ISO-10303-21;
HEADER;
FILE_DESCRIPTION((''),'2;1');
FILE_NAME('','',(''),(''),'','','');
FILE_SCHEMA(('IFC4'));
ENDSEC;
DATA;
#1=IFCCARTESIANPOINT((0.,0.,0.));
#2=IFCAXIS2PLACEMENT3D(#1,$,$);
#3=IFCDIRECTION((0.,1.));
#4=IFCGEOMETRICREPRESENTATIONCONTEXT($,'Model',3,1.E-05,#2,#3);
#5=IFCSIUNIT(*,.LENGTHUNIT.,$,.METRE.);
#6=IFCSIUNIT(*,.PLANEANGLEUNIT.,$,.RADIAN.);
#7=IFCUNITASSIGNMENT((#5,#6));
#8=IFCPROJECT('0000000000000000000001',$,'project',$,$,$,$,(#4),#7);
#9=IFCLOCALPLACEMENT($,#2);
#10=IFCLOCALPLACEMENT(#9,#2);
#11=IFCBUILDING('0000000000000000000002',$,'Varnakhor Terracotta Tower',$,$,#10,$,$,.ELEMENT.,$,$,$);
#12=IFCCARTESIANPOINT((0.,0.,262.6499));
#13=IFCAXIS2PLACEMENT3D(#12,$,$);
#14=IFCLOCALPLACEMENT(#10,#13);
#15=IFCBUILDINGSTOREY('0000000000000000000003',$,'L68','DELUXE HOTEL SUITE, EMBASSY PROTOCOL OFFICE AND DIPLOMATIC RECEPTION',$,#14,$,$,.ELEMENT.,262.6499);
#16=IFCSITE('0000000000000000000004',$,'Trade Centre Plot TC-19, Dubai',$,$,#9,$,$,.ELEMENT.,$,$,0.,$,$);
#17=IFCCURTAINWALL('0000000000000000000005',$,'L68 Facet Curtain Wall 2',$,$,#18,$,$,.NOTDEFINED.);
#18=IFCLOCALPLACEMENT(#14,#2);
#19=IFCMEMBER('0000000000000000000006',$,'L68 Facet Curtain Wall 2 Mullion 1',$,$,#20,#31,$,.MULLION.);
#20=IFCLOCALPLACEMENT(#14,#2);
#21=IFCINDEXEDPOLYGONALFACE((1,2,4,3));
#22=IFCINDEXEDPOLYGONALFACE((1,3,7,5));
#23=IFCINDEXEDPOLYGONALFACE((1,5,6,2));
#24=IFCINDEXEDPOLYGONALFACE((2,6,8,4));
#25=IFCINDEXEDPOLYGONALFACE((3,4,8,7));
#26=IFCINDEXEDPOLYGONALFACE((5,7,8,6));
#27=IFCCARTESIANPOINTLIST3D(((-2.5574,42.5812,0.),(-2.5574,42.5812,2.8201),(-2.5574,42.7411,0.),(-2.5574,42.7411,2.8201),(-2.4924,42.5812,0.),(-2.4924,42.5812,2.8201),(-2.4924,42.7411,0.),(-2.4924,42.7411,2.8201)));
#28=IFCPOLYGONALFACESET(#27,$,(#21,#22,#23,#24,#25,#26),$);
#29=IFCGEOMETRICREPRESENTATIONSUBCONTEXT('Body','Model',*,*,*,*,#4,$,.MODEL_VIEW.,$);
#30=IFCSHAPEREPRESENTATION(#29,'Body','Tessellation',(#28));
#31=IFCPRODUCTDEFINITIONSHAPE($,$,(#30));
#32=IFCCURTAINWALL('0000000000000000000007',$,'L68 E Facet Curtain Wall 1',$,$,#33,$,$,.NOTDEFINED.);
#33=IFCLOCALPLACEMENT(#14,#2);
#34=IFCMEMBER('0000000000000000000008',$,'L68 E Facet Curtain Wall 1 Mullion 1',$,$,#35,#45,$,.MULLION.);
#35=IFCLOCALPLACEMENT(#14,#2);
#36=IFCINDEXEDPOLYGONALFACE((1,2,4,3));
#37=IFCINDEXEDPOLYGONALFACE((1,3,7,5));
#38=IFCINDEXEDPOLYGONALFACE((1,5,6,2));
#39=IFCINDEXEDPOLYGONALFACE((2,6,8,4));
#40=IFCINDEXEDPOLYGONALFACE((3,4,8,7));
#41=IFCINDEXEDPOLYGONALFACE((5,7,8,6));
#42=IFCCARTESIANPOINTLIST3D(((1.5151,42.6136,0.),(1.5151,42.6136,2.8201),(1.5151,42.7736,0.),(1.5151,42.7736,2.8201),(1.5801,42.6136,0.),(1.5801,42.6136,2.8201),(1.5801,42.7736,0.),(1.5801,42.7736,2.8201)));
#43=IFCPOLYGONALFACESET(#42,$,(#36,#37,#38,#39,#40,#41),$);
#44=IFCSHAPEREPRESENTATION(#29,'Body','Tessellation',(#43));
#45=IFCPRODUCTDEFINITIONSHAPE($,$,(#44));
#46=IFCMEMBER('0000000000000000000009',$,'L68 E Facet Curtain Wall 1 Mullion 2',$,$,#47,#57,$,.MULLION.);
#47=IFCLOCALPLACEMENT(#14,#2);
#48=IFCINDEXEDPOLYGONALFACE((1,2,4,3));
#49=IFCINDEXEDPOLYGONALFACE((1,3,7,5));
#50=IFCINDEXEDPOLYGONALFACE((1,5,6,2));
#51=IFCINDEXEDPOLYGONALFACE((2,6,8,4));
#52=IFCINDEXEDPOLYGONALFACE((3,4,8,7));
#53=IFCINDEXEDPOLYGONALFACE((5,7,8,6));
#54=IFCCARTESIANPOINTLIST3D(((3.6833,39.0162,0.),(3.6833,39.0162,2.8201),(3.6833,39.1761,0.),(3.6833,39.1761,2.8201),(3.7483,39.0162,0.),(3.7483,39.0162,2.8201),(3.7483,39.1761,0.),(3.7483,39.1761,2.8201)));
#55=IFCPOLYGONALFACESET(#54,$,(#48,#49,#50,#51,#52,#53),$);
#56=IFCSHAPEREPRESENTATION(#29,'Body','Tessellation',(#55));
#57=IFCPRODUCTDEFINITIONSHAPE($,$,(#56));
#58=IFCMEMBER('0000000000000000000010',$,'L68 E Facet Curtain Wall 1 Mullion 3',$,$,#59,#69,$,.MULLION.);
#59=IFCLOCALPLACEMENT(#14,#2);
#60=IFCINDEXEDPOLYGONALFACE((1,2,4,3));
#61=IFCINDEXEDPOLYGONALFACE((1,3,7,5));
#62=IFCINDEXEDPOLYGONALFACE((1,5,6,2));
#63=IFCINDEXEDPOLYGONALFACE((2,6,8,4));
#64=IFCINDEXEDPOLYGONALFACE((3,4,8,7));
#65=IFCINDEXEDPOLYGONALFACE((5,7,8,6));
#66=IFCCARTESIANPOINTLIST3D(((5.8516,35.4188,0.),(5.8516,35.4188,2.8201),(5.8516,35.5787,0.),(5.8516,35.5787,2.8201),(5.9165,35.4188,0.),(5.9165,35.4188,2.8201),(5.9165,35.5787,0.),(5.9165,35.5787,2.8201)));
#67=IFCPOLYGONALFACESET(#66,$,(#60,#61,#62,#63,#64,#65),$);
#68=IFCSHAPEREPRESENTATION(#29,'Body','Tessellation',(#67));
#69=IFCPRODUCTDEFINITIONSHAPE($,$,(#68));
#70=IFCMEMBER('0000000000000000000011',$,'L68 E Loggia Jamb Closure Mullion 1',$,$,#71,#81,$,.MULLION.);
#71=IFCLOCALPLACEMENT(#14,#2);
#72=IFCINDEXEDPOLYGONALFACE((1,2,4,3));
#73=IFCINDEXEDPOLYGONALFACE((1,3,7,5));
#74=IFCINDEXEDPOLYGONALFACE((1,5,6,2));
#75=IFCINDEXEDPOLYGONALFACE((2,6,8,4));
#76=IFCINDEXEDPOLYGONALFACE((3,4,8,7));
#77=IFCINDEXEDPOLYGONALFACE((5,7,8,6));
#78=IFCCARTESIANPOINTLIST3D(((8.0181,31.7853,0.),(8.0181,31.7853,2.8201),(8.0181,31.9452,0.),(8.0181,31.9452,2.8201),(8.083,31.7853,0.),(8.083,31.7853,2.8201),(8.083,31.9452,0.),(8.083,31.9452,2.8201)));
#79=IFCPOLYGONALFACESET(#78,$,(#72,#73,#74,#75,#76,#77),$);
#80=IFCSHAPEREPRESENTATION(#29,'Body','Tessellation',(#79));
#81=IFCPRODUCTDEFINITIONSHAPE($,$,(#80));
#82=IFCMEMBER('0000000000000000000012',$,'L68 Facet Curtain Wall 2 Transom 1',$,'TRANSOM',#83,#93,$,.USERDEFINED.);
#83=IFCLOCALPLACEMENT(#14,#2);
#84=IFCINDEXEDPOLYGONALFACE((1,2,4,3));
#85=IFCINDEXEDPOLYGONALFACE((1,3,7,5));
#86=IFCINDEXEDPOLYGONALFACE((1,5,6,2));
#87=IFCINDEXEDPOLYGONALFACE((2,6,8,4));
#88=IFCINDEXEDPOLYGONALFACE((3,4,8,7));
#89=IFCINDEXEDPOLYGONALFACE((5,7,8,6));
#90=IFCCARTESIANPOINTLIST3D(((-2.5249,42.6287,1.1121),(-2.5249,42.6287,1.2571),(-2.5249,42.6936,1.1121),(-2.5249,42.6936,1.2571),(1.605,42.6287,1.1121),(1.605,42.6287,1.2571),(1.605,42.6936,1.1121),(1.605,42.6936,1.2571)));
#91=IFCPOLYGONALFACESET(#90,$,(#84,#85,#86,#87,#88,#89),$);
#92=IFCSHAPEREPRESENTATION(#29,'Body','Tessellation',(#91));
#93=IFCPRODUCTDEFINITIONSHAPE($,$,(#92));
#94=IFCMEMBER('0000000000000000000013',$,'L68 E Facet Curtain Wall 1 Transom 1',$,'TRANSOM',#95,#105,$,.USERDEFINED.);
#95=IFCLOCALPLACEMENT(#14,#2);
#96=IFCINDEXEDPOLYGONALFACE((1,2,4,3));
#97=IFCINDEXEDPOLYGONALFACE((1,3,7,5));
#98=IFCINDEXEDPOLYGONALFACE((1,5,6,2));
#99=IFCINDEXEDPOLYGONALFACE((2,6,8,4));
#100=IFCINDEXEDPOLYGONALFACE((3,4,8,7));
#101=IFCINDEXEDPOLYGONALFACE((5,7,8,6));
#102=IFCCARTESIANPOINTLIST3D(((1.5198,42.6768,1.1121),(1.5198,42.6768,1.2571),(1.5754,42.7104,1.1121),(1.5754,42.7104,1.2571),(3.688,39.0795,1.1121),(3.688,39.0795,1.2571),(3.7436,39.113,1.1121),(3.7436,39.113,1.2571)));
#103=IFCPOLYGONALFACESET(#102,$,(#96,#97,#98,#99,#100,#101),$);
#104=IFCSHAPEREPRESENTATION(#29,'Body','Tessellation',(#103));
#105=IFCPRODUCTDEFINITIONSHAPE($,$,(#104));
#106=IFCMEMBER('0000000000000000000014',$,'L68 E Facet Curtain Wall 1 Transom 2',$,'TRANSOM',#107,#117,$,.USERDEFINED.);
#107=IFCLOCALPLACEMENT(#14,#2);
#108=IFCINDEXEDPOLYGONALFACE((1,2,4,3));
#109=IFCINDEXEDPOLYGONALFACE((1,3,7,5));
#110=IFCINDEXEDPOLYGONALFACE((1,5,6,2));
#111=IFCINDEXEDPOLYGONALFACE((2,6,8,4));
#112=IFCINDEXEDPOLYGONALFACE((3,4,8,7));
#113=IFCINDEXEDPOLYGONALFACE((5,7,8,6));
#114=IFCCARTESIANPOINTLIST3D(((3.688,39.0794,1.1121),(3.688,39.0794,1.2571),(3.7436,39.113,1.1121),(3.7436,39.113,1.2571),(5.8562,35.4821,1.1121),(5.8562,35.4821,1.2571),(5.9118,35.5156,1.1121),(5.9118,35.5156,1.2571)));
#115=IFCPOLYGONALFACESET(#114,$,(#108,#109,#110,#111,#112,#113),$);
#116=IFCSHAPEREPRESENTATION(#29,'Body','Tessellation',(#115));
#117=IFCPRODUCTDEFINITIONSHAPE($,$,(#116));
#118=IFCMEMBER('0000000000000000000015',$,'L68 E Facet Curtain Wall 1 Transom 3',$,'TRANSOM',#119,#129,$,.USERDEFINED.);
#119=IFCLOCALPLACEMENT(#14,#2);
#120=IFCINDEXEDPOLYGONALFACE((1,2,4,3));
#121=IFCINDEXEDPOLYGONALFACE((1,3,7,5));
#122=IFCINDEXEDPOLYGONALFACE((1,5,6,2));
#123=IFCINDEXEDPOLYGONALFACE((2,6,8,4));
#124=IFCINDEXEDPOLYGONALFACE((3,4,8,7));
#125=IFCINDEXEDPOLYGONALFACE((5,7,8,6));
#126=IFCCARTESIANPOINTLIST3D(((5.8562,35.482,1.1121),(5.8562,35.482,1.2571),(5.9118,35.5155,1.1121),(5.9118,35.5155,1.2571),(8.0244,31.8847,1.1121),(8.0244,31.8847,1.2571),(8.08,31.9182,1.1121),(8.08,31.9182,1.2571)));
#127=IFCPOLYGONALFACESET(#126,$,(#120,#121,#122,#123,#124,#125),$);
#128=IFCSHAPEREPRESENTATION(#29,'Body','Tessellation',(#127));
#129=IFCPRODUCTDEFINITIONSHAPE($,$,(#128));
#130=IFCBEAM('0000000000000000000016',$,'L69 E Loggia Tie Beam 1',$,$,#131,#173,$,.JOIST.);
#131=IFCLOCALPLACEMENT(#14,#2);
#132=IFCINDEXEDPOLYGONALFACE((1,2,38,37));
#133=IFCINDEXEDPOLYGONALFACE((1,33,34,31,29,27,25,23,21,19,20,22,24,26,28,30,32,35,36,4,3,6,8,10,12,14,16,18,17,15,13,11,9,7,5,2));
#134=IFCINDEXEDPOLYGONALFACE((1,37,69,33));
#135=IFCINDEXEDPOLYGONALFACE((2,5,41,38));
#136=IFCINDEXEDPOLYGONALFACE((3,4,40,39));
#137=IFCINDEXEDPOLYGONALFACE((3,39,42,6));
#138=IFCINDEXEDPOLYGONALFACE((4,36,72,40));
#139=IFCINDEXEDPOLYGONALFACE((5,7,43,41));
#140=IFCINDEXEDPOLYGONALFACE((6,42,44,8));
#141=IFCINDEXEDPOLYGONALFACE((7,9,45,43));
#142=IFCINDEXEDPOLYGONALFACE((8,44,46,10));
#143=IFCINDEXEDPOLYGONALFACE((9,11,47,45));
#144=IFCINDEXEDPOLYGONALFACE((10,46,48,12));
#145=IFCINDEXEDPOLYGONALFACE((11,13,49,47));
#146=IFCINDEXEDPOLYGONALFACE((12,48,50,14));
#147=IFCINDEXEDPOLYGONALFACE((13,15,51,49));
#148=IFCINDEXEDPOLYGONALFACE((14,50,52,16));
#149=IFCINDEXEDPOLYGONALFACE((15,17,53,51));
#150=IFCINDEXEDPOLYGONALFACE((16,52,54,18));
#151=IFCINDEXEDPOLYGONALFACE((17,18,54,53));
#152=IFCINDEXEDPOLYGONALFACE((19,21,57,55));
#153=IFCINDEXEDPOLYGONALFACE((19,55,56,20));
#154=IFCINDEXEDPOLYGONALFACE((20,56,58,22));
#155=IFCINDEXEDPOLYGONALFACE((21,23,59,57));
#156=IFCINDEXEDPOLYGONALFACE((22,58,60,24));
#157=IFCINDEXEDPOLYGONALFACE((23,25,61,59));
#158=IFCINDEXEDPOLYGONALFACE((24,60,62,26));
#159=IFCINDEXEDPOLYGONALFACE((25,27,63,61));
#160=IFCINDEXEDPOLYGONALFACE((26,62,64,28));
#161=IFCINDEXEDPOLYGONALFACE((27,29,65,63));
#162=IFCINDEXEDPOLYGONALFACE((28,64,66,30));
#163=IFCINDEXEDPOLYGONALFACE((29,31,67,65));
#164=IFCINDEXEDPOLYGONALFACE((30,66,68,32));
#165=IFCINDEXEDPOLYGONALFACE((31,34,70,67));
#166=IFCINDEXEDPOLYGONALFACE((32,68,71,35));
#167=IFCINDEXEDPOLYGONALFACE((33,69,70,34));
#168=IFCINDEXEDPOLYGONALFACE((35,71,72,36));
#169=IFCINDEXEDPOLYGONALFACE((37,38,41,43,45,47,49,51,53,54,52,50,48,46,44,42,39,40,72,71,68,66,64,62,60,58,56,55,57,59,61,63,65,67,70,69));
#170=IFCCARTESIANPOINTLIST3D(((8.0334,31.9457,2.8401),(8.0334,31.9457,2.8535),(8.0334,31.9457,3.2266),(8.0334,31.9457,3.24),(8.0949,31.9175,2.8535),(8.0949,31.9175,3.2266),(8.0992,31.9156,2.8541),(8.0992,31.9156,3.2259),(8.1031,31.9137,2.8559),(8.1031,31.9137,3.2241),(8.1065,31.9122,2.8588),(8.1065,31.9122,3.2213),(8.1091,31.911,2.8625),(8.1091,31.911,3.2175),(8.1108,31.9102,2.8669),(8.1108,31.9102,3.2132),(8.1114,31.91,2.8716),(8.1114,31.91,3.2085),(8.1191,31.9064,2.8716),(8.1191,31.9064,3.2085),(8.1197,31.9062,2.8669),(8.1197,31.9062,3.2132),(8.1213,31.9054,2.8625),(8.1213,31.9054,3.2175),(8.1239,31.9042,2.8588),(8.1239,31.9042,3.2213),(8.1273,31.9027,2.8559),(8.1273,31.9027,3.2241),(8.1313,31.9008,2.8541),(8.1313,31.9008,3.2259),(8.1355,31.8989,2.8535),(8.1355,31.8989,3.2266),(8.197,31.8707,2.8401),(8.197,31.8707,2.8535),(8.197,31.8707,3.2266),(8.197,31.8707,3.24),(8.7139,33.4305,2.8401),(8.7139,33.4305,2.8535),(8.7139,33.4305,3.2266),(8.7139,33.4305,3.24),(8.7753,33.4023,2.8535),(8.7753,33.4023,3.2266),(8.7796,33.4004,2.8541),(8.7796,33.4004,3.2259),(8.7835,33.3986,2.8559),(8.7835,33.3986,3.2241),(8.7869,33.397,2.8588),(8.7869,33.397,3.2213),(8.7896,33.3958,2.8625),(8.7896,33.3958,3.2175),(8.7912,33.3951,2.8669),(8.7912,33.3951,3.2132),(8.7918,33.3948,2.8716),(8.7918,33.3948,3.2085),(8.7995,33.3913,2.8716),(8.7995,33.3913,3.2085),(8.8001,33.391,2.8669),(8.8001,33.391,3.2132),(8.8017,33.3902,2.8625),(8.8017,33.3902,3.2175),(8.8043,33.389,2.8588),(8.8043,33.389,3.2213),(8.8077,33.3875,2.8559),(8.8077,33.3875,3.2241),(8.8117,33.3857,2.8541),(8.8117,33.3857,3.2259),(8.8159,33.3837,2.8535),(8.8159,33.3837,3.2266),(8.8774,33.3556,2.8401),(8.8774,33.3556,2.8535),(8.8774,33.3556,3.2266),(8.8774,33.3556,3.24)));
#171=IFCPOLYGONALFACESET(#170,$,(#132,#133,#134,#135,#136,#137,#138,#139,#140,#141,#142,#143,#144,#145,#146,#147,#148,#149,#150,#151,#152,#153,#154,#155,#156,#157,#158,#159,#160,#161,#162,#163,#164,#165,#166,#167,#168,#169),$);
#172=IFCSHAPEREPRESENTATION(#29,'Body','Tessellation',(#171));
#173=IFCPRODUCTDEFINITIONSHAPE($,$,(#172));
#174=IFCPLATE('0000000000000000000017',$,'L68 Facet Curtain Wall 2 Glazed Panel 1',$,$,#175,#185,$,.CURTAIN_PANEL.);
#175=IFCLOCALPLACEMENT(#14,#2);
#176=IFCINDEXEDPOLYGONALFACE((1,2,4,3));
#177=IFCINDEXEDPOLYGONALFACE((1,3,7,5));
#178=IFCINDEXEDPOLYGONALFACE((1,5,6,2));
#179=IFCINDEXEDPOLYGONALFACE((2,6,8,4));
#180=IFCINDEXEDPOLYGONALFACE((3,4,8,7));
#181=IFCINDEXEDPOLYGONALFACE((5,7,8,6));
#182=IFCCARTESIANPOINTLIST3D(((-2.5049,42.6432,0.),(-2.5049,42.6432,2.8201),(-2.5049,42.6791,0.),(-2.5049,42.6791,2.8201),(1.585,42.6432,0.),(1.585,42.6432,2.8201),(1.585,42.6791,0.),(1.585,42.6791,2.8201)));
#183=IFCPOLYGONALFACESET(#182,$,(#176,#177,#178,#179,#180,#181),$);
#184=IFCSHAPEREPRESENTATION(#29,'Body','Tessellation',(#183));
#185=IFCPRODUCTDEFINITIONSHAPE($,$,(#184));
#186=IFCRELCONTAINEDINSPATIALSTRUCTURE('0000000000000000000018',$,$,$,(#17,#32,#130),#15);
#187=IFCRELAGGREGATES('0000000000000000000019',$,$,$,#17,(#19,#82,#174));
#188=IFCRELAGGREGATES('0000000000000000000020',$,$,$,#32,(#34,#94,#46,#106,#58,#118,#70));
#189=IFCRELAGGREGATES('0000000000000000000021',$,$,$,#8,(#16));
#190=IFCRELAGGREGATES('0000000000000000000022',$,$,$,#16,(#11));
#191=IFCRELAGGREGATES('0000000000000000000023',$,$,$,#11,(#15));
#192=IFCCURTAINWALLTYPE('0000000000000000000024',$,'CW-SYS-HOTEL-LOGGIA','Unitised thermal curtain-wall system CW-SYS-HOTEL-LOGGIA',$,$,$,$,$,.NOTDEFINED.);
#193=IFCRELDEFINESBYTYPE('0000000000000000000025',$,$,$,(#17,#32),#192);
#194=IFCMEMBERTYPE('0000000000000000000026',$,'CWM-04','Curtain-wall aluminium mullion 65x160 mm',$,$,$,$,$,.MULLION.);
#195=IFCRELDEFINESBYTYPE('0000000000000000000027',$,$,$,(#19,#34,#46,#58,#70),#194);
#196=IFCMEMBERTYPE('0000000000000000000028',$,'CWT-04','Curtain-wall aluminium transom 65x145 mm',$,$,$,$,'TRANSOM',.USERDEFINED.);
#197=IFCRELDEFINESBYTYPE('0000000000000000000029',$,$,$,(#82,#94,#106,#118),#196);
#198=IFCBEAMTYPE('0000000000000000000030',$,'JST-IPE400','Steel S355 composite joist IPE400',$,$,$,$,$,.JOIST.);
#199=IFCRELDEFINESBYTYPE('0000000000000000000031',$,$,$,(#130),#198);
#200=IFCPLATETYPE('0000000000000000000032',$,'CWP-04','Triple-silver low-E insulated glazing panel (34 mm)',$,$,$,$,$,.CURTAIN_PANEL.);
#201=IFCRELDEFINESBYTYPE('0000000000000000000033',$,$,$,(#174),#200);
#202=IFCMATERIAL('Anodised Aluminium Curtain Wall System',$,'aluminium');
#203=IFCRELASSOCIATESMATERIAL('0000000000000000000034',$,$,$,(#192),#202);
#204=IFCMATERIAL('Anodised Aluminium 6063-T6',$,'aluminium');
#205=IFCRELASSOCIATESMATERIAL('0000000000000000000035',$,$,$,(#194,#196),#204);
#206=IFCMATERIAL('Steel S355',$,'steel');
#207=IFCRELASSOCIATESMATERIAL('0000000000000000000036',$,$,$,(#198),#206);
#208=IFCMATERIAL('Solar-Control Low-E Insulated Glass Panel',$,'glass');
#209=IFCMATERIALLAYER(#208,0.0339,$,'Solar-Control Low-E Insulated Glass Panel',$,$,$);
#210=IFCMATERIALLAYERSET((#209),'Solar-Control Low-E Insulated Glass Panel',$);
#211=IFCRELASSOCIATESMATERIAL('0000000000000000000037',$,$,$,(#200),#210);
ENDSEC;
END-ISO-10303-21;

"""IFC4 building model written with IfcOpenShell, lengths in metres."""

from ifc_helpers import new_model, si_unit, direction, frame, origin, origin_2d, place, context, subcontext, project, spatial, rectangle, i_section, extrude, source, transform, mapped, material, layer, layer_set, material_profile, profile_set, type_object, type_shapes, element, aggregate, save


model = new_model("IFC4")

# Units and contexts
model_context = context("Model", 3, precision=1e-05, world=origin(), true_north=direction((0.0, 1.0)))
body_context = subcontext(model_context, "Body", "Model", "MODEL_VIEW")
ifc_project = project(units=[si_unit("LENGTHUNIT", "METRE"), si_unit("PLANEANGLEUNIT", "RADIAN")], contexts=[model_context])

# Site, building, storey
site_placement = place(None, origin())
site = spatial("IfcSite", under=ifc_project, at=site_placement, Name="Trade Centre Plot TC-19, Dubai", CompositionType="ELEMENT", RefElevation=0.0)
building_placement = place(site_placement, origin())
building = spatial("IfcBuilding", under=site, at=building_placement, Name="Varnakhor Terracotta Tower", CompositionType="ELEMENT")
storey_placement = place(building_placement, frame((0.0, 0.0, 262.6499)))
storey = spatial("IfcBuildingStorey", under=building, at=storey_placement, Name="L68", Description="DELUXE HOTEL SUITE, EMBASSY PROTOCOL OFFICE AND DIPLOMATIC RECEPTION", CompositionType="ELEMENT", Elevation=262.6499)

# Shared definitions
ifc_material_1 = material(Name="Steel S355", Category="steel")

# Curtain wall, member
ifc_material_2 = material(Name="Anodised Aluminium Curtain Wall System", Category="aluminium")
curtain_wall_type = type_object("IfcCurtainWallType", Name="CW-SYS-HOTEL-LOGGIA", Description="Unitised thermal curtain-wall system CW-SYS-HOTEL-LOGGIA", PredefinedType="NOTDEFINED", material=ifc_material_2)
curtain_wall_1_placement = place(storey_placement, origin())
curtain_wall_1 = element("IfcCurtainWall", 1, at=curtain_wall_1_placement, inside=storey, type_object=curtain_wall_type, Name="L68 Facet Curtain Wall 2", PredefinedType="NOTDEFINED")
ifc_material_3 = material(Name="Anodised Aluminium 6063-T6", Category="aluminium")
ifc_material_profile_1 = material_profile(ifc_material_3, rectangle(XDim=0.0649, YDim=0.1599, at=origin_2d()), Name="ALU MULLION 65x160")
ifc_profile_set_1 = profile_set([ifc_material_profile_1], Name="Anodised Aluminium 6063-T6")
member_type_1 = type_object("IfcMemberType", Name="CWM-04", Description="Curtain-wall aluminium mullion 65x160 mm", PredefinedType="MULLION", material=ifc_profile_set_1)
shared_shape_1 = source(origin(), body_context, "Body", "SweptSolid", [
    extrude(rectangle(XDim=0.0649, YDim=0.1599, at=origin_2d()), origin(), (0.0, 0.0, 1.0), 2.8201),
])
type_shapes(member_type_1, [shared_shape_1])
member_1_placement = place(storey_placement, frame((-2.5249, 42.6611, 0.0), z_axis=(0.0, 0.0, 1.0), x_axis=(1.0, 0.0, 0.0)))
member_1 = element("IfcMember", 2, at=member_1_placement, type_object=member_type_1, Name="L68 Facet Curtain Wall 2 Mullion 1", PredefinedType="MULLION", context=body_context, shape_type="MappedRepresentation", body=[
    mapped(shared_shape_1, transform((0.0, 0.0, 0.0), scale=1.0)),
])

# Curtain wall, members
curtain_wall_2_placement = place(storey_placement, origin())
curtain_wall_2 = element("IfcCurtainWall", 3, at=curtain_wall_2_placement, inside=storey, type_object=curtain_wall_type, Name="L68 E Facet Curtain Wall 1", PredefinedType="NOTDEFINED")
member_2_placement = place(storey_placement, frame((1.5476, 42.6936, 0.0), z_axis=(0.0, 0.0, 1.0), x_axis=(1.0, 0.0, 0.0)))
member_2 = element("IfcMember", 4, at=member_2_placement, type_object=member_type_1, Name="L68 E Facet Curtain Wall 1 Mullion 1", PredefinedType="MULLION", context=body_context, shape_type="MappedRepresentation", body=[
    mapped(shared_shape_1, transform((0.0, 0.0, 0.0), scale=1.0)),
])
member_3_placement = place(storey_placement, frame((3.7158, 39.0962, 0.0), z_axis=(0.0, 0.0, 1.0), x_axis=(1.0, 0.0, 0.0)))
member_3 = element("IfcMember", 5, at=member_3_placement, type_object=member_type_1, Name="L68 E Facet Curtain Wall 1 Mullion 2", PredefinedType="MULLION", context=body_context, shape_type="MappedRepresentation", body=[
    mapped(shared_shape_1, transform((0.0, 0.0, 0.0), scale=1.0)),
])
member_4_placement = place(storey_placement, frame((5.884, 35.4988, 0.0), z_axis=(0.0, 0.0, 1.0), x_axis=(1.0, 0.0, 0.0)))
member_4 = element("IfcMember", 6, at=member_4_placement, type_object=member_type_1, Name="L68 E Facet Curtain Wall 1 Mullion 3", PredefinedType="MULLION", context=body_context, shape_type="MappedRepresentation", body=[
    mapped(shared_shape_1, transform((0.0, 0.0, 0.0), scale=1.0)),
])
member_5_placement = place(storey_placement, frame((8.0505, 31.8652, 0.0), z_axis=(0.0, 0.0, 1.0), x_axis=(1.0, 0.0, 0.0)))
member_5 = element("IfcMember", 7, at=member_5_placement, type_object=member_type_1, Name="L68 E Loggia Jamb Closure Mullion 1", PredefinedType="MULLION", context=body_context, shape_type="MappedRepresentation", body=[
    mapped(shared_shape_1, transform((0.0, 0.0, 0.0), scale=1.0)),
])

# Members
ifc_material_profile_2 = material_profile(ifc_material_3, rectangle(XDim=0.0649, YDim=0.145, at=origin_2d()), Name="ALU TRANSOM 65x145")
ifc_profile_set_2 = profile_set([ifc_material_profile_2], Name="Anodised Aluminium 6063-T6")
member_type_2 = type_object("IfcMemberType", Name="CWT-04", Description="Curtain-wall aluminium transom 65x145 mm", ElementType="TRANSOM", PredefinedType="USERDEFINED", material=ifc_profile_set_2)
shared_shape_2 = source(origin(), body_context, "Body", "SweptSolid", [
    extrude(rectangle(XDim=0.0649, YDim=0.145, at=origin_2d()), origin(), (0.0, 0.0, 1.0), 4.1299),
])
member_6_placement = place(storey_placement, frame((-2.5249, 42.6611, 1.1846), z_axis=(1.0, 0.0, 0.0), x_axis=(0.0, 1.0, 0.0)))
member_6 = element("IfcMember", 8, at=member_6_placement, type_object=member_type_2, Name="L68 Facet Curtain Wall 2 Transom 1", ObjectType="TRANSOM", PredefinedType="USERDEFINED", context=body_context, shape_type="MappedRepresentation", body=[
    mapped(shared_shape_2, transform((0.0, 0.0, 0.0), scale=1.0)),
])
shared_shape_3 = source(origin(), body_context, "Body", "SweptSolid", [
    extrude(rectangle(XDim=0.0649, YDim=0.145, at=origin_2d()), origin(), (0.0, 0.0, 1.0), 4.2002),
])
member_7_placement = place(storey_placement, frame((1.5476, 42.6936, 1.1846), z_axis=(0.516204, -0.856465, 0.0), x_axis=(0.856465, 0.516204, 0.0)))
member_7 = element("IfcMember", 9, at=member_7_placement, type_object=member_type_2, Name="L68 E Facet Curtain Wall 1 Transom 1", ObjectType="TRANSOM", PredefinedType="USERDEFINED", context=body_context, shape_type="MappedRepresentation", body=[
    mapped(shared_shape_3, transform((0.0, 0.0, 0.0), scale=1.0)),
])
member_8_placement = place(storey_placement, frame((3.7158, 39.0962, 1.1846), z_axis=(0.516204, -0.856465, 0.0), x_axis=(0.856465, 0.516204, 0.0)))
member_8 = element("IfcMember", 10, at=member_8_placement, type_object=member_type_2, Name="L68 E Facet Curtain Wall 1 Transom 2", ObjectType="TRANSOM", PredefinedType="USERDEFINED", context=body_context, shape_type="MappedRepresentation", body=[
    mapped(shared_shape_3, transform((0.0, 0.0, 0.0), scale=1.0)),
])
member_9_placement = place(storey_placement, frame((5.884, 35.4988, 1.1846), z_axis=(0.516204, -0.856465, 0.0), x_axis=(0.856465, 0.516204, 0.0)))
member_9 = element("IfcMember", 11, at=member_9_placement, type_object=member_type_2, Name="L68 E Facet Curtain Wall 1 Transom 3", ObjectType="TRANSOM", PredefinedType="USERDEFINED", context=body_context, shape_type="MappedRepresentation", body=[
    mapped(shared_shape_3, transform((0.0, 0.0, 0.0), scale=1.0)),
])

# Beam
ifc_material_profile_3 = material_profile(ifc_material_1, i_section(OverallWidth=0.1799, OverallDepth=0.3999, WebThickness=0.0085, FlangeThickness=0.0134, FilletRadius=0.0181, at=origin_2d()), Name="IPE400")
ifc_profile_set_3 = profile_set([ifc_material_profile_3], Name="Steel S355")
beam_type_1 = type_object("IfcBeamType", Name="JST-IPE400", Description="Steel S355 composite joist IPE400", PredefinedType="JOIST", material=ifc_profile_set_3)
shared_shape_4 = source(origin(), body_context, "Body", "SweptSolid", [
    extrude(i_section(OverallWidth=0.1799, OverallDepth=0.3999, WebThickness=0.0085, FlangeThickness=0.0134, FilletRadius=0.0181, at=origin_2d()), origin(), (0.0, 0.0, 1.0), 1.6333),
])
beam_1_placement = place(storey_placement, frame((8.1152, 31.9082, 3.04), z_axis=(0.416583, 0.909098, 0.0), x_axis=(-0.909098, 0.416583, 0.0)))
element("IfcBeam", 12, at=beam_1_placement, inside=storey, type_object=beam_type_1, Name="L69 E Loggia Tie Beam 1", PredefinedType="JOIST", context=body_context, shape_type="MappedRepresentation", body=[
    mapped(shared_shape_4, transform((0.0, 0.0, 0.0), scale=1.0)),
])

# Plate
ifc_material_4 = material(Name="Solar-Control Low-E Insulated Glass Panel", Category="glass")
ifc_layer_1 = layer(ifc_material_4, 0.0339, Name="Solar-Control Low-E Insulated Glass Panel")
ifc_layer_set_1 = layer_set([ifc_layer_1], Name="Solar-Control Low-E Insulated Glass Panel")
plate_type = type_object("IfcPlateType", Name="CWP-04", Description="Triple-silver low-E insulated glazing panel (34 mm)", PredefinedType="CURTAIN_PANEL", material=ifc_layer_set_1)
shared_shape_5 = source(origin(), body_context, "Body", "SweptSolid", [
    extrude(rectangle(XDim=4.0898, YDim=0.0359, at=origin_2d()), origin(), (0.0, 0.0, 1.0), 2.8201),
])
plate_1_placement = place(storey_placement, frame((-0.46, 42.6611, 0.0), z_axis=(0.0, 0.0, 1.0), x_axis=(1.0, 0.0, 0.0)))
plate_1 = element("IfcPlate", 13, at=plate_1_placement, type_object=plate_type, Name="L68 Facet Curtain Wall 2 Glazed Panel 1", PredefinedType="CURTAIN_PANEL", context=body_context, shape_type="MappedRepresentation", body=[
    mapped(shared_shape_5, transform((0.0, 0.0, 0.0), scale=1.0)),
])
aggregate(curtain_wall_1, [member_1, member_6, plate_1])
aggregate(curtain_wall_2, [member_2, member_7, member_3, member_8, member_4, member_9, member_5])

save(model, "model.ifc")
